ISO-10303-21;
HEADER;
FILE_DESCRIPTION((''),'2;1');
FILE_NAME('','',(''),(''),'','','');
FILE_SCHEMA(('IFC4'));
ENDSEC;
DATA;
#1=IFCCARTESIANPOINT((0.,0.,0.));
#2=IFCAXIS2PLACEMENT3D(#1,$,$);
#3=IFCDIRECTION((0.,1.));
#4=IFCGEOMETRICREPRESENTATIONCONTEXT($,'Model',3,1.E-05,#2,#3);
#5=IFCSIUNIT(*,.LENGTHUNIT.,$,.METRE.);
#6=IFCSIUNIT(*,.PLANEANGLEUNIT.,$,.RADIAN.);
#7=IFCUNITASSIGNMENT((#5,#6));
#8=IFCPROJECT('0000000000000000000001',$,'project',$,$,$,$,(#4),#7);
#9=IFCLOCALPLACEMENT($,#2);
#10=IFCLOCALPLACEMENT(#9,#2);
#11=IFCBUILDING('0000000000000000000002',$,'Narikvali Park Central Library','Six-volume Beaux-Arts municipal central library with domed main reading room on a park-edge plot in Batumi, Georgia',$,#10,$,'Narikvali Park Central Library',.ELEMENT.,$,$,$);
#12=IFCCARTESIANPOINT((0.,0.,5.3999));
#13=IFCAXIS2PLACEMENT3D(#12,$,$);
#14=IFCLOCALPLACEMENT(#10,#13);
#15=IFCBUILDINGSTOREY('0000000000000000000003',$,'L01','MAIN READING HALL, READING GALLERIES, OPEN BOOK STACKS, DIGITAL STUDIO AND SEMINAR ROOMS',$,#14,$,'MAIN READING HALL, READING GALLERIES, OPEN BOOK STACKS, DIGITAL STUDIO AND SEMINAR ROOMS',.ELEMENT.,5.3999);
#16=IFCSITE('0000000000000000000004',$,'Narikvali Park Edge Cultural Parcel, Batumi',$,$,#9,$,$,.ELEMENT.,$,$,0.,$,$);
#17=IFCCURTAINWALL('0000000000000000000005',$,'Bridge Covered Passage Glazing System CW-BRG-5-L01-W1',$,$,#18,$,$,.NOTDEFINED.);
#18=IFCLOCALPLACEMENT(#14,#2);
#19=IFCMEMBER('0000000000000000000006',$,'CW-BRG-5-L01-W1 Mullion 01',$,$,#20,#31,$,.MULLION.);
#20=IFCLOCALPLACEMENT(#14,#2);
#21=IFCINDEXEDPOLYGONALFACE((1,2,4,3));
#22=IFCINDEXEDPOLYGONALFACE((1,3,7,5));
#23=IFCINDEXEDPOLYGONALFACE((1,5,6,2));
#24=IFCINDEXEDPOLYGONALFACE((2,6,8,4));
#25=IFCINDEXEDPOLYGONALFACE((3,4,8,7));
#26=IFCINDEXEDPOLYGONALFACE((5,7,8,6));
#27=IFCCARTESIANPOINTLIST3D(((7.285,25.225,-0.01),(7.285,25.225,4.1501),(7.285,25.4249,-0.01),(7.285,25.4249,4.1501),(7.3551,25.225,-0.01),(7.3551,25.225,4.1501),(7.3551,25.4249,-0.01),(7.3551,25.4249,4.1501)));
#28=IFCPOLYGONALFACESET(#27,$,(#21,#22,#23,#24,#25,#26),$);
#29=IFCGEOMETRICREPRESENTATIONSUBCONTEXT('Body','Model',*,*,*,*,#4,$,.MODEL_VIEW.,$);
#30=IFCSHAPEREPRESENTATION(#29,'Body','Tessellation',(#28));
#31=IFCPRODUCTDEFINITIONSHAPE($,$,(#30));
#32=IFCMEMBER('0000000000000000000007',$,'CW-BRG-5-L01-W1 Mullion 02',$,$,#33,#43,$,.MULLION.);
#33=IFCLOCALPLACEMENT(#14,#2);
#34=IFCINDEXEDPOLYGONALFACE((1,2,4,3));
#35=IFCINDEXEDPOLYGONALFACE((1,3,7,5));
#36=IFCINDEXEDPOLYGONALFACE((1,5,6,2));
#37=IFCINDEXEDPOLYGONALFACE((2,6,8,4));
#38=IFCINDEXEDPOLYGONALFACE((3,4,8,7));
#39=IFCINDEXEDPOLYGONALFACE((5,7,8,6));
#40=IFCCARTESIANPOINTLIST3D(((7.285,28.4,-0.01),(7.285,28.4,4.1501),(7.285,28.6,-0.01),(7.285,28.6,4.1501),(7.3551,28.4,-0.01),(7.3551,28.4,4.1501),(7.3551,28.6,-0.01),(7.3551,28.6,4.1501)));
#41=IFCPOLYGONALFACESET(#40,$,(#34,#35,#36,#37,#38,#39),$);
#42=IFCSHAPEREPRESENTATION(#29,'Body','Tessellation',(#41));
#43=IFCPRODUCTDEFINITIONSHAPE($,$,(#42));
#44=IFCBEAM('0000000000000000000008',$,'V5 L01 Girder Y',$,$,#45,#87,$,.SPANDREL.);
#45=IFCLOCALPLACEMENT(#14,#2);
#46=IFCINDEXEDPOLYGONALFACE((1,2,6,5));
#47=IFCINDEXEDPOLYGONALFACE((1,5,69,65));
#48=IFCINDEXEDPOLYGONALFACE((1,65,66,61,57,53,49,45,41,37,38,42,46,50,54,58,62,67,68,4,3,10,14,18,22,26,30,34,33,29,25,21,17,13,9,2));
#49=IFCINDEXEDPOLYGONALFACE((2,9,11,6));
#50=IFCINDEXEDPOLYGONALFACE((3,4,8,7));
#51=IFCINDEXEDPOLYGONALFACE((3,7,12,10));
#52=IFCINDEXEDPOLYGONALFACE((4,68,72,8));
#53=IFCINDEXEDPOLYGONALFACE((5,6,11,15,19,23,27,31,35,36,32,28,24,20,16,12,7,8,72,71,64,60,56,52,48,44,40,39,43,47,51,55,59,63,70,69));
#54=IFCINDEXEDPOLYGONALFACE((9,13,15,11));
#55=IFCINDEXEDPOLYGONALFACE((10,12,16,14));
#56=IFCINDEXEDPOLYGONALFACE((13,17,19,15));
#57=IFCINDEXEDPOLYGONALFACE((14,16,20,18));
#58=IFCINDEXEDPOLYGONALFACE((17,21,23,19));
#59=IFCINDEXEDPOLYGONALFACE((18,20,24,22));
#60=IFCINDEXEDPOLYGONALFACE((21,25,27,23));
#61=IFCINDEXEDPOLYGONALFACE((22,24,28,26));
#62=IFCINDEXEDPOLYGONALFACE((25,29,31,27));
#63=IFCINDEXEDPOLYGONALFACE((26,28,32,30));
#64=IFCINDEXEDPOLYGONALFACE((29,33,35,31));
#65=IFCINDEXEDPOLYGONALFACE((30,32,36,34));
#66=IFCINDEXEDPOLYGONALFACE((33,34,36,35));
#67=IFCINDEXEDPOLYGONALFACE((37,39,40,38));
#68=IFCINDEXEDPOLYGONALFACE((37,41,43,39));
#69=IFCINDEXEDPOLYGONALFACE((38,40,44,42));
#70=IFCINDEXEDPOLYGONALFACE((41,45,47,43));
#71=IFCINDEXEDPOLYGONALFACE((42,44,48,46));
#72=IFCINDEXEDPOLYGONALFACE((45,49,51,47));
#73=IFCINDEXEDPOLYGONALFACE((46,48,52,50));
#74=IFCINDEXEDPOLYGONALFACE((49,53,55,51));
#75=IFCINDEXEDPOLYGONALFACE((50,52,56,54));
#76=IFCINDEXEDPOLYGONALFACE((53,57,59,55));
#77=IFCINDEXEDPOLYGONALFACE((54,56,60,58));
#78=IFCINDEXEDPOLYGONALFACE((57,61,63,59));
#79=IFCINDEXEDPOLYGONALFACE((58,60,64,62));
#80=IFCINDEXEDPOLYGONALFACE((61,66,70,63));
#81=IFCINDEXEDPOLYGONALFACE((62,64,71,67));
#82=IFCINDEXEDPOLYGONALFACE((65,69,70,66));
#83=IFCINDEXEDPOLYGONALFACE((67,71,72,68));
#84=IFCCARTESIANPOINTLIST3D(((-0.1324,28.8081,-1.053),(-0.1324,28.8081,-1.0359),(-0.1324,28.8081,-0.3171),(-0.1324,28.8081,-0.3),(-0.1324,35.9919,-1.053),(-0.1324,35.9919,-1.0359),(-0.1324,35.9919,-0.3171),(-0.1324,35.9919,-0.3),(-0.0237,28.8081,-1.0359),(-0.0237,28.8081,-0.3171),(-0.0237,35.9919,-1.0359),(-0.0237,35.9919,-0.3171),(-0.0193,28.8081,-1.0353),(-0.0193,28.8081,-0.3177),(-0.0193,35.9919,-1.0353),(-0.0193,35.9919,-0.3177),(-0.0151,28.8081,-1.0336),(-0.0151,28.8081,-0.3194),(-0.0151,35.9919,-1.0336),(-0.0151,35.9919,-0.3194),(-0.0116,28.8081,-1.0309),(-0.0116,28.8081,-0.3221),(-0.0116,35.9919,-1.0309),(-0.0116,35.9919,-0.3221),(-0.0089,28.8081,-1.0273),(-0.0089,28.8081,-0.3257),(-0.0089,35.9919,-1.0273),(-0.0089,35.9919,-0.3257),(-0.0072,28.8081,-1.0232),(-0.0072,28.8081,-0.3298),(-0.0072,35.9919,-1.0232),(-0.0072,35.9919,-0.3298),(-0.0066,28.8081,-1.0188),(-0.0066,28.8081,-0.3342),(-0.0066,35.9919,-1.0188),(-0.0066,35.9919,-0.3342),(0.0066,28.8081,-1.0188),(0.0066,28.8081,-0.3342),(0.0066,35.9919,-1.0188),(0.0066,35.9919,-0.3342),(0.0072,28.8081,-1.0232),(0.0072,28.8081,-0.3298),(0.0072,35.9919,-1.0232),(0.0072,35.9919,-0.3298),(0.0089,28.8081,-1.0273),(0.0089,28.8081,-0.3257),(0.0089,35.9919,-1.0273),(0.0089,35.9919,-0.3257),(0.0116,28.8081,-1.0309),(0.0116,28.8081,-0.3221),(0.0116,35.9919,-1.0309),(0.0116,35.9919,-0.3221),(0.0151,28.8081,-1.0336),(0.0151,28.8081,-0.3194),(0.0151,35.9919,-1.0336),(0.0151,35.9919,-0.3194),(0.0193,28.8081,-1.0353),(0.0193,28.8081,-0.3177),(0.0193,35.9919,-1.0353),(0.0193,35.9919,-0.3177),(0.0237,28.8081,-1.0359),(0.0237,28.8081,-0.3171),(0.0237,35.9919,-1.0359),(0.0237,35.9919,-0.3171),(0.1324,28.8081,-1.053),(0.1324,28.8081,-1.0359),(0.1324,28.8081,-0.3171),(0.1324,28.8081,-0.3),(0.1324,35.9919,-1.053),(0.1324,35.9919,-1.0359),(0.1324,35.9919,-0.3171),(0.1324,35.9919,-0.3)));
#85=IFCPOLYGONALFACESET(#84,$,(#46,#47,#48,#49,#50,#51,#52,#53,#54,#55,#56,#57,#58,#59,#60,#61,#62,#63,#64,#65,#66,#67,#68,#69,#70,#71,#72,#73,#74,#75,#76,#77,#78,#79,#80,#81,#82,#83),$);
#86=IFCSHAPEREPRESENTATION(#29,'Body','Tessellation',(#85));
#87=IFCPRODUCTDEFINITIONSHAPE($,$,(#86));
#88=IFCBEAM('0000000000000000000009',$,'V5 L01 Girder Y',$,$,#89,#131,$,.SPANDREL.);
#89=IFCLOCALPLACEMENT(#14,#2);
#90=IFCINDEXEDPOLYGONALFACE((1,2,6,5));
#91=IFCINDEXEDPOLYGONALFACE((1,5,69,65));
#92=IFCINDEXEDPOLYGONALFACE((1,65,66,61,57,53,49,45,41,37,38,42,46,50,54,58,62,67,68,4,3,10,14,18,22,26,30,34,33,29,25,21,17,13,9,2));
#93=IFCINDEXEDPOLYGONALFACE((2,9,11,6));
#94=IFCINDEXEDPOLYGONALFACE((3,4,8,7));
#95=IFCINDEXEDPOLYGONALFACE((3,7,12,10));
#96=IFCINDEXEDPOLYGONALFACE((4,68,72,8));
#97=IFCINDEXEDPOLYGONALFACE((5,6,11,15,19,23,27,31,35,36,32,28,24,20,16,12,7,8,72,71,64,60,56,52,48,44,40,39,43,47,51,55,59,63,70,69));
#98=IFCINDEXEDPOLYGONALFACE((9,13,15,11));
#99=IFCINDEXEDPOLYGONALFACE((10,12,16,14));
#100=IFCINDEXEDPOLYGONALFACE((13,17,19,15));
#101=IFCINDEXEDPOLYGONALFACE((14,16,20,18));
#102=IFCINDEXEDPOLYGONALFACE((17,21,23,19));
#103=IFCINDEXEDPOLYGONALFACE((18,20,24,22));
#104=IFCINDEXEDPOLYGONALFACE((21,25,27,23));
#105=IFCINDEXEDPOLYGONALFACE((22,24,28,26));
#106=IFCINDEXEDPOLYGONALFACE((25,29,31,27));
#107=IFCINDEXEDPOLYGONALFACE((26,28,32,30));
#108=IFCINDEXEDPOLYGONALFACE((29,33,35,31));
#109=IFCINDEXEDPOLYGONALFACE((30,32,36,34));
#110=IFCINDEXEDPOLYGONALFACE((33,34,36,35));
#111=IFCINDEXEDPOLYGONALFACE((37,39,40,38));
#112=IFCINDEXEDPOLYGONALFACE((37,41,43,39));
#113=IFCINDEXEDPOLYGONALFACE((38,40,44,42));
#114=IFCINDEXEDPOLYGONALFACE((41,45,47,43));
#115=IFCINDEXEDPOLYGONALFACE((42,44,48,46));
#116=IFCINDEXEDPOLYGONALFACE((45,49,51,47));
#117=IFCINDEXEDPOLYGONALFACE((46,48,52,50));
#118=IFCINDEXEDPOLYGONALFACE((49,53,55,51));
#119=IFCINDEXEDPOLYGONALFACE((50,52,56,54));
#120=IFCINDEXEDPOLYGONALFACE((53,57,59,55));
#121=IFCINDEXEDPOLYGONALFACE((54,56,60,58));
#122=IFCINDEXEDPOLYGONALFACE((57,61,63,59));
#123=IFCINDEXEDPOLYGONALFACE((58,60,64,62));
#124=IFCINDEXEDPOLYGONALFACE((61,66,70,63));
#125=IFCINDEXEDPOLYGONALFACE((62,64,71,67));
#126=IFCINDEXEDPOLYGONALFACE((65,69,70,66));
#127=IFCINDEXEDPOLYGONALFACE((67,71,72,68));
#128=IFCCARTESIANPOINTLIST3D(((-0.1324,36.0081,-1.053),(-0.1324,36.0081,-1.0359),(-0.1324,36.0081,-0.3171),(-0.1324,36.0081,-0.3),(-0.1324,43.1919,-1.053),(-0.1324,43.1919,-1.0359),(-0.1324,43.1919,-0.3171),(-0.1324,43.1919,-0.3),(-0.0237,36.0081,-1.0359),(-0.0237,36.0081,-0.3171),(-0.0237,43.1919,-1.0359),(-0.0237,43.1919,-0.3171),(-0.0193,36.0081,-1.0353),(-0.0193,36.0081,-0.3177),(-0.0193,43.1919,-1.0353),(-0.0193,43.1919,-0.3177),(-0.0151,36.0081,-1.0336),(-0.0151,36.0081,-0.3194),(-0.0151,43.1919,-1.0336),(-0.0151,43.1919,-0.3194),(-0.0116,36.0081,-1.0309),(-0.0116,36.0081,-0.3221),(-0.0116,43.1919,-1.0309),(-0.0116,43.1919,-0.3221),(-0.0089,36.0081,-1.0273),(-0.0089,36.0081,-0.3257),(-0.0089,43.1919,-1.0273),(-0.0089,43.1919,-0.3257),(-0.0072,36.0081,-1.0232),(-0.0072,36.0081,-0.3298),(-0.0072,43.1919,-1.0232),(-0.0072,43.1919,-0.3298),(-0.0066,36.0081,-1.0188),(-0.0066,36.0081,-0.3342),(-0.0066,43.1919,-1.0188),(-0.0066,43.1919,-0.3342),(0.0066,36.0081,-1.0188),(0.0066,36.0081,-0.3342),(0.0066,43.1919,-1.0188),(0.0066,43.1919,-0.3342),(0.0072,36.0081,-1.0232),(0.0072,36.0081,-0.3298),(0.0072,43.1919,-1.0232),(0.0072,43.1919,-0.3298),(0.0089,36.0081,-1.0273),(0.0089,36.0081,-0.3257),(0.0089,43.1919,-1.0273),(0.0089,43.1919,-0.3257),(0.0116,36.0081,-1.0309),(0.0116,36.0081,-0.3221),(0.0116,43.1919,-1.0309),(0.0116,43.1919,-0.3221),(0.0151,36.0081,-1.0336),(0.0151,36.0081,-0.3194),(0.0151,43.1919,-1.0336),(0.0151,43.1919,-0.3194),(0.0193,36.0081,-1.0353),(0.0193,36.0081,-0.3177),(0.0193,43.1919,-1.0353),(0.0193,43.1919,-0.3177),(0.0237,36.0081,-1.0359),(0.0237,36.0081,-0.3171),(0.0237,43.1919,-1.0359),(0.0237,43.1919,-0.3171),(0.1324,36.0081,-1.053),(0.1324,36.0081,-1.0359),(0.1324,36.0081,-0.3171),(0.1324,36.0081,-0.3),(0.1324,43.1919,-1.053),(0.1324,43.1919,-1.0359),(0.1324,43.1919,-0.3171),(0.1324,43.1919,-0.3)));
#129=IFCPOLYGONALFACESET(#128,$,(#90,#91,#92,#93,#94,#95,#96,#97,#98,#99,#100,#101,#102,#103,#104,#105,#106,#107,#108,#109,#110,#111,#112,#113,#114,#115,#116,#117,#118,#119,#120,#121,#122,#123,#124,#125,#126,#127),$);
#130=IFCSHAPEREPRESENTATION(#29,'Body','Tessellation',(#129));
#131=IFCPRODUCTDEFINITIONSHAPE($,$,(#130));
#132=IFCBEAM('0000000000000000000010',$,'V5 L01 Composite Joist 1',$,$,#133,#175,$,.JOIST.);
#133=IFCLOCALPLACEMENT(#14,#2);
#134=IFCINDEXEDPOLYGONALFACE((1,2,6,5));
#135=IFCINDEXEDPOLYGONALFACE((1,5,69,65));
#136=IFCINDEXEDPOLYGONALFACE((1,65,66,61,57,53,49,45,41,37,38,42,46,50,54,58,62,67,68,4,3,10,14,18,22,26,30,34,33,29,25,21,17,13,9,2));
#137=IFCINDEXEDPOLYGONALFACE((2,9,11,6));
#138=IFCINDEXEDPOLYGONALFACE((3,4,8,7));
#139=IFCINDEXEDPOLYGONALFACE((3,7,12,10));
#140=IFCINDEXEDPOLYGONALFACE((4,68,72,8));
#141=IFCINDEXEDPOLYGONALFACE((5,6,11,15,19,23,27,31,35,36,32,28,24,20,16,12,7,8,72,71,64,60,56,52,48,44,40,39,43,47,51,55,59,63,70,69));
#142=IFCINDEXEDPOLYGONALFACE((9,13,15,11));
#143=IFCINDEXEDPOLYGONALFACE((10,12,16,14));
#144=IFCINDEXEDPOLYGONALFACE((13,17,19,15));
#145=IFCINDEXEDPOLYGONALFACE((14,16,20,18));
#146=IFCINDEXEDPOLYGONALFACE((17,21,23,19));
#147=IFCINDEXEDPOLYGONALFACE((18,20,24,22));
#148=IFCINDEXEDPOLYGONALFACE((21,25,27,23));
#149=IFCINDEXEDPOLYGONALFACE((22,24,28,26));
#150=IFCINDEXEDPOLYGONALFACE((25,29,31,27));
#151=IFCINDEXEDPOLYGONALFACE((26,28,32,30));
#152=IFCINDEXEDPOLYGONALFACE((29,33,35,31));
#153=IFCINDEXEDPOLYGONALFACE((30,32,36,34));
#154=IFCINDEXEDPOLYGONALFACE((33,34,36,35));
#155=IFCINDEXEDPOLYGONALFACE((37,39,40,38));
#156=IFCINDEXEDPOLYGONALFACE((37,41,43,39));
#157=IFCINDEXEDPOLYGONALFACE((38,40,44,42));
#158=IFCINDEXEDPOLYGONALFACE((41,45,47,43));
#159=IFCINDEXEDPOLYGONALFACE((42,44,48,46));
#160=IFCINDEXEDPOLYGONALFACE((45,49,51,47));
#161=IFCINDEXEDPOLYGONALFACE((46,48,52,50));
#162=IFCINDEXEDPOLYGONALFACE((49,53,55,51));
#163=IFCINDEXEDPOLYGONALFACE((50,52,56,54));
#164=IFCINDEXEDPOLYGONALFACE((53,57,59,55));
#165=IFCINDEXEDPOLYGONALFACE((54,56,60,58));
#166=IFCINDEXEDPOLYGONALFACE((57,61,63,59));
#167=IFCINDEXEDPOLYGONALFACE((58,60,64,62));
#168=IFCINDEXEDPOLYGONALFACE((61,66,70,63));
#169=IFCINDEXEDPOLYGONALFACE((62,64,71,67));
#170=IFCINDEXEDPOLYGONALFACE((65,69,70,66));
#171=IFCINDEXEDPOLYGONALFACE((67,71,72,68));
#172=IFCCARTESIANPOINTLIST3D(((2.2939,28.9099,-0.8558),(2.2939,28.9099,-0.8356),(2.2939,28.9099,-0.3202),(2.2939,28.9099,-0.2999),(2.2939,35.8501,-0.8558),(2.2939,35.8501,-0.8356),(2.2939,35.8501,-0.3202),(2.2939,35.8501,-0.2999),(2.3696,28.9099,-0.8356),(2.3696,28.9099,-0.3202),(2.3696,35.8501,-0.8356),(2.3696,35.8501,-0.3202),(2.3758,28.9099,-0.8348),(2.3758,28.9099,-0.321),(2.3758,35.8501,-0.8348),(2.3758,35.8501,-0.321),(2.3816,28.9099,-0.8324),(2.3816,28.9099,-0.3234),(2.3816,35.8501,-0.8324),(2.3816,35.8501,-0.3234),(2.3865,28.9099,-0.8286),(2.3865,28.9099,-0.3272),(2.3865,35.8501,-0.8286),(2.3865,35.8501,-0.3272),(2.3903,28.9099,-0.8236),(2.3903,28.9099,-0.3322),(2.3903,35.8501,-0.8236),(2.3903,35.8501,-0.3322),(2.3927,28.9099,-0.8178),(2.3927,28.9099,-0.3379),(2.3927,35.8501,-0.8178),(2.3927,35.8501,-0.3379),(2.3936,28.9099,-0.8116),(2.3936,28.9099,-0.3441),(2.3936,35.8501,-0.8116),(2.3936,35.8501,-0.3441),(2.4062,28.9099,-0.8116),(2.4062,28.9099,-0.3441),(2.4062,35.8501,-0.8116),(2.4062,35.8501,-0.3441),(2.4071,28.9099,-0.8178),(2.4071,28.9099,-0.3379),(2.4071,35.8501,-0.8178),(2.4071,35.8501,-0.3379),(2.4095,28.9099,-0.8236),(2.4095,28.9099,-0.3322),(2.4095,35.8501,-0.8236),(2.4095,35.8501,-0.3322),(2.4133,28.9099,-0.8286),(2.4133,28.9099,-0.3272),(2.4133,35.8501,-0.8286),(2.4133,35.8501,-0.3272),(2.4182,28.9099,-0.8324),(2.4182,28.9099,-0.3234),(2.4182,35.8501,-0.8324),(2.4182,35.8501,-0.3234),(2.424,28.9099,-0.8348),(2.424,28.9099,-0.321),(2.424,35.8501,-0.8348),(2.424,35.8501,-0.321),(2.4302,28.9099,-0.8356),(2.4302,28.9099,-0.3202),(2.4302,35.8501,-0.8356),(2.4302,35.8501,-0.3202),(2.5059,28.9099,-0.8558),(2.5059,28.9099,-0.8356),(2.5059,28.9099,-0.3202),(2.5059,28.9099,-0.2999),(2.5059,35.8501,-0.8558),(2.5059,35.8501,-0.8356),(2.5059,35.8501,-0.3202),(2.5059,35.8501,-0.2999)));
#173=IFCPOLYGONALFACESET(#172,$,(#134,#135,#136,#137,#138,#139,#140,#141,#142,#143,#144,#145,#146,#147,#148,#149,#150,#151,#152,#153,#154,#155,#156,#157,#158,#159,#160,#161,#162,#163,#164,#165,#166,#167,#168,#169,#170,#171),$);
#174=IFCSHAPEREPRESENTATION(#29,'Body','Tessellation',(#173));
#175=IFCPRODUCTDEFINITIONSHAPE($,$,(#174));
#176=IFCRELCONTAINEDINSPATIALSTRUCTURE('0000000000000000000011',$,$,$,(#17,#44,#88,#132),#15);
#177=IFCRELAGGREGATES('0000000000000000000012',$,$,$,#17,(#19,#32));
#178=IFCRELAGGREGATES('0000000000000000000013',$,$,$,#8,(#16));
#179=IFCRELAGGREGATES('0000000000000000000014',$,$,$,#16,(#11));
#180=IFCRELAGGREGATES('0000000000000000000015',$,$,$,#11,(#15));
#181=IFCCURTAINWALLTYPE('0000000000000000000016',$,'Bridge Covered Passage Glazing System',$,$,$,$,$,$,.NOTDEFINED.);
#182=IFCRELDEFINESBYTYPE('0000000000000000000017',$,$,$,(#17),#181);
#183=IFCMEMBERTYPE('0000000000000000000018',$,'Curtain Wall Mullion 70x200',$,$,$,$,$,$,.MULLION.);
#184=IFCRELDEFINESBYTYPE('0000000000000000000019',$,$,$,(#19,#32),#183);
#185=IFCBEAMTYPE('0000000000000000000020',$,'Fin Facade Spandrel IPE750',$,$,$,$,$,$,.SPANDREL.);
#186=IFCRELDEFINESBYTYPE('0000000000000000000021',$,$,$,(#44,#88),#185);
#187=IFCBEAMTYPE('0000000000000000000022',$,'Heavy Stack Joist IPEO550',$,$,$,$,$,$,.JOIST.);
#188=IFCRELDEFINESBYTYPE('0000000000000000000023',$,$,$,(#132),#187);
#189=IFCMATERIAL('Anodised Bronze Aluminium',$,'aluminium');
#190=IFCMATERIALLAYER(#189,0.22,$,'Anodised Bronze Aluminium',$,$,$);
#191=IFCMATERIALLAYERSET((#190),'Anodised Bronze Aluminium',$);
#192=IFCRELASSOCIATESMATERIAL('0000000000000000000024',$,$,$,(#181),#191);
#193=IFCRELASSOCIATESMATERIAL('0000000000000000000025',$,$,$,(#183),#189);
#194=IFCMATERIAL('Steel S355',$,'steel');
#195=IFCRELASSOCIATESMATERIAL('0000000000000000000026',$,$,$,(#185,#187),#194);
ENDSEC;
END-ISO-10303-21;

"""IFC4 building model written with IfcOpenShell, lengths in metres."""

from ifc_helpers import new_model, si_unit, direction, frame, origin, origin_2d, place, context, subcontext, project, spatial, rectangle, i_section, extrude, material, layer, layer_set, material_profile, profile_set, type_object, element, aggregate, save


model = new_model("IFC4")

# Units and contexts
model_context = context("Model", 3, precision=1e-05, world=origin(), true_north=direction((0.0, 1.0)))
body_context = subcontext(model_context, "Body", "Model", "MODEL_VIEW")
ifc_project = project(units=[si_unit("LENGTHUNIT", "METRE"), si_unit("PLANEANGLEUNIT", "RADIAN")], contexts=[model_context])

# Site, building, storey
site_placement = place(None, origin())
site = spatial("IfcSite", under=ifc_project, at=site_placement, Name="Narikvali Park Edge Cultural Parcel, Batumi", CompositionType="ELEMENT", RefElevation=0.0)
building_placement = place(site_placement, origin())
building = spatial("IfcBuilding", under=site, at=building_placement, Name="Narikvali Park Central Library", Description="Six-volume Beaux-Arts municipal central library with domed main reading room on a park-edge plot in Batumi, Georgia", LongName="Narikvali Park Central Library", CompositionType="ELEMENT")
storey_placement = place(building_placement, frame((0.0, 0.0, 5.3999)))
storey = spatial("IfcBuildingStorey", under=building, at=storey_placement, Name="L01", Description="MAIN READING HALL, READING GALLERIES, OPEN BOOK STACKS, DIGITAL STUDIO AND SEMINAR ROOMS", LongName="MAIN READING HALL, READING GALLERIES, OPEN BOOK STACKS, DIGITAL STUDIO AND SEMINAR ROOMS", CompositionType="ELEMENT", Elevation=5.3999)

# Shared definitions
ifc_material_1 = material(Name="Steel S355", Category="steel")

# Curtain wall, members
ifc_material_2 = material(Name="Anodised Bronze Aluminium", Category="aluminium")
ifc_layer_1 = layer(ifc_material_2, 0.22, Name="Anodised Bronze Aluminium")
ifc_layer_set_1 = layer_set([ifc_layer_1], Name="Anodised Bronze Aluminium")
curtain_wall_type = type_object("IfcCurtainWallType", Name="Bridge Covered Passage Glazing System", PredefinedType="NOTDEFINED", material=ifc_layer_set_1)
curtain_wall_placement = place(storey_placement, origin())
curtain_wall = element("IfcCurtainWall", 1, at=curtain_wall_placement, inside=storey, type_object=curtain_wall_type, Name="Bridge Covered Passage Glazing System CW-BRG-5-L01-W1", PredefinedType="NOTDEFINED")
ifc_material_profile_1 = material_profile(ifc_material_2, rectangle(XDim=0.0701, YDim=0.2, at=origin_2d()), Name="CW MULLION 70x200")
ifc_profile_set_1 = profile_set([ifc_material_profile_1], Name="Anodised Bronze Aluminium")
member_type = type_object("IfcMemberType", Name="Curtain Wall Mullion 70x200", PredefinedType="MULLION", material=ifc_profile_set_1)
member_1_placement = place(storey_placement, frame((7.3201, 25.325, -0.01), z_axis=(0.0, 0.0, 1.0), x_axis=(1.0, 0.0, 0.0)))
member_1 = element("IfcMember", 2, at=member_1_placement, type_object=member_type, Name="CW-BRG-5-L01-W1 Mullion 01", PredefinedType="MULLION", context=body_context, shape_type="SweptSolid", body=[
    extrude(rectangle(XDim=0.0701, YDim=0.2, at=origin_2d()), origin(), (0.0, 0.0, 1.0), 4.1602),
])
member_2_placement = place(storey_placement, frame((7.3201, 28.5, -0.01), z_axis=(0.0, 0.0, 1.0), x_axis=(1.0, 0.0, 0.0)))
member_2 = element("IfcMember", 3, at=member_2_placement, type_object=member_type, Name="CW-BRG-5-L01-W1 Mullion 02", PredefinedType="MULLION", context=body_context, shape_type="SweptSolid", body=[
    extrude(rectangle(XDim=0.0701, YDim=0.2, at=origin_2d()), origin(), (0.0, 0.0, 1.0), 4.1602),
])

# Beams
ifc_material_profile_2 = material_profile(ifc_material_1, i_section(OverallWidth=0.2649, OverallDepth=0.7529, WebThickness=0.0132, FlangeThickness=0.0171, FilletRadius=0.0171, at=origin_2d()), Name="IPE 750x147")
ifc_profile_set_2 = profile_set([ifc_material_profile_2], Name="Steel S355")
beam_type_1 = type_object("IfcBeamType", Name="Fin Facade Spandrel IPE750", PredefinedType="SPANDREL", material=ifc_profile_set_2)
for number, where, z_axis, x_axis, name in (
    (4, (0.0, 28.8081, -0.6765), (0.0, 1.0, 0.0), (-1.0, 0.0, 0.0), "V5 L01 Girder Y"),
    (5, (0.0, 36.0081, -0.6765), (0.0, 1.0, 0.0), (-1.0, 0.0, 0.0), "V5 L01 Girder Y"),
):
    element("IfcBeam", number, at=place(storey_placement, frame(where, z_axis=z_axis, x_axis=x_axis)), inside=storey, type_object=beam_type_1, Name=name, PredefinedType="SPANDREL", context=body_context, shape_type="SweptSolid", body=[
        extrude(i_section(OverallWidth=0.2649, OverallDepth=0.7529, WebThickness=0.0132, FlangeThickness=0.0171, FilletRadius=0.0171, at=origin_2d()), origin(), (0.0, 0.0, 1.0), 7.1838),
    ])
ifc_material_profile_3 = material_profile(ifc_material_1, i_section(OverallWidth=0.2119, OverallDepth=0.5559, WebThickness=0.0127, FlangeThickness=0.0203, FilletRadius=0.0239, at=origin_2d()), Name="IPEO 550")
ifc_profile_set_3 = profile_set([ifc_material_profile_3], Name="Steel S355")
beam_type_2 = type_object("IfcBeamType", Name="Heavy Stack Joist IPEO550", PredefinedType="JOIST", material=ifc_profile_set_3)
for number, where, z_axis, x_axis, name in (
    (6, (2.3999, 28.9099, -0.5779), (0.0, 1.0, 0.0), (-1.0, 0.0, 0.0), "V5 L01 Composite Joist 1"),
):
    element("IfcBeam", number, at=place(storey_placement, frame(where, z_axis=z_axis, x_axis=x_axis)), inside=storey, type_object=beam_type_2, Name=name, PredefinedType="JOIST", context=body_context, shape_type="SweptSolid", body=[
        extrude(i_section(OverallWidth=0.2119, OverallDepth=0.5559, WebThickness=0.0127, FlangeThickness=0.0203, FilletRadius=0.0239, at=origin_2d()), origin(), (0.0, 0.0, 1.0), 6.9402),
    ])

aggregate(curtain_wall, [member_1, member_2])

save(model, "model.ifc")
